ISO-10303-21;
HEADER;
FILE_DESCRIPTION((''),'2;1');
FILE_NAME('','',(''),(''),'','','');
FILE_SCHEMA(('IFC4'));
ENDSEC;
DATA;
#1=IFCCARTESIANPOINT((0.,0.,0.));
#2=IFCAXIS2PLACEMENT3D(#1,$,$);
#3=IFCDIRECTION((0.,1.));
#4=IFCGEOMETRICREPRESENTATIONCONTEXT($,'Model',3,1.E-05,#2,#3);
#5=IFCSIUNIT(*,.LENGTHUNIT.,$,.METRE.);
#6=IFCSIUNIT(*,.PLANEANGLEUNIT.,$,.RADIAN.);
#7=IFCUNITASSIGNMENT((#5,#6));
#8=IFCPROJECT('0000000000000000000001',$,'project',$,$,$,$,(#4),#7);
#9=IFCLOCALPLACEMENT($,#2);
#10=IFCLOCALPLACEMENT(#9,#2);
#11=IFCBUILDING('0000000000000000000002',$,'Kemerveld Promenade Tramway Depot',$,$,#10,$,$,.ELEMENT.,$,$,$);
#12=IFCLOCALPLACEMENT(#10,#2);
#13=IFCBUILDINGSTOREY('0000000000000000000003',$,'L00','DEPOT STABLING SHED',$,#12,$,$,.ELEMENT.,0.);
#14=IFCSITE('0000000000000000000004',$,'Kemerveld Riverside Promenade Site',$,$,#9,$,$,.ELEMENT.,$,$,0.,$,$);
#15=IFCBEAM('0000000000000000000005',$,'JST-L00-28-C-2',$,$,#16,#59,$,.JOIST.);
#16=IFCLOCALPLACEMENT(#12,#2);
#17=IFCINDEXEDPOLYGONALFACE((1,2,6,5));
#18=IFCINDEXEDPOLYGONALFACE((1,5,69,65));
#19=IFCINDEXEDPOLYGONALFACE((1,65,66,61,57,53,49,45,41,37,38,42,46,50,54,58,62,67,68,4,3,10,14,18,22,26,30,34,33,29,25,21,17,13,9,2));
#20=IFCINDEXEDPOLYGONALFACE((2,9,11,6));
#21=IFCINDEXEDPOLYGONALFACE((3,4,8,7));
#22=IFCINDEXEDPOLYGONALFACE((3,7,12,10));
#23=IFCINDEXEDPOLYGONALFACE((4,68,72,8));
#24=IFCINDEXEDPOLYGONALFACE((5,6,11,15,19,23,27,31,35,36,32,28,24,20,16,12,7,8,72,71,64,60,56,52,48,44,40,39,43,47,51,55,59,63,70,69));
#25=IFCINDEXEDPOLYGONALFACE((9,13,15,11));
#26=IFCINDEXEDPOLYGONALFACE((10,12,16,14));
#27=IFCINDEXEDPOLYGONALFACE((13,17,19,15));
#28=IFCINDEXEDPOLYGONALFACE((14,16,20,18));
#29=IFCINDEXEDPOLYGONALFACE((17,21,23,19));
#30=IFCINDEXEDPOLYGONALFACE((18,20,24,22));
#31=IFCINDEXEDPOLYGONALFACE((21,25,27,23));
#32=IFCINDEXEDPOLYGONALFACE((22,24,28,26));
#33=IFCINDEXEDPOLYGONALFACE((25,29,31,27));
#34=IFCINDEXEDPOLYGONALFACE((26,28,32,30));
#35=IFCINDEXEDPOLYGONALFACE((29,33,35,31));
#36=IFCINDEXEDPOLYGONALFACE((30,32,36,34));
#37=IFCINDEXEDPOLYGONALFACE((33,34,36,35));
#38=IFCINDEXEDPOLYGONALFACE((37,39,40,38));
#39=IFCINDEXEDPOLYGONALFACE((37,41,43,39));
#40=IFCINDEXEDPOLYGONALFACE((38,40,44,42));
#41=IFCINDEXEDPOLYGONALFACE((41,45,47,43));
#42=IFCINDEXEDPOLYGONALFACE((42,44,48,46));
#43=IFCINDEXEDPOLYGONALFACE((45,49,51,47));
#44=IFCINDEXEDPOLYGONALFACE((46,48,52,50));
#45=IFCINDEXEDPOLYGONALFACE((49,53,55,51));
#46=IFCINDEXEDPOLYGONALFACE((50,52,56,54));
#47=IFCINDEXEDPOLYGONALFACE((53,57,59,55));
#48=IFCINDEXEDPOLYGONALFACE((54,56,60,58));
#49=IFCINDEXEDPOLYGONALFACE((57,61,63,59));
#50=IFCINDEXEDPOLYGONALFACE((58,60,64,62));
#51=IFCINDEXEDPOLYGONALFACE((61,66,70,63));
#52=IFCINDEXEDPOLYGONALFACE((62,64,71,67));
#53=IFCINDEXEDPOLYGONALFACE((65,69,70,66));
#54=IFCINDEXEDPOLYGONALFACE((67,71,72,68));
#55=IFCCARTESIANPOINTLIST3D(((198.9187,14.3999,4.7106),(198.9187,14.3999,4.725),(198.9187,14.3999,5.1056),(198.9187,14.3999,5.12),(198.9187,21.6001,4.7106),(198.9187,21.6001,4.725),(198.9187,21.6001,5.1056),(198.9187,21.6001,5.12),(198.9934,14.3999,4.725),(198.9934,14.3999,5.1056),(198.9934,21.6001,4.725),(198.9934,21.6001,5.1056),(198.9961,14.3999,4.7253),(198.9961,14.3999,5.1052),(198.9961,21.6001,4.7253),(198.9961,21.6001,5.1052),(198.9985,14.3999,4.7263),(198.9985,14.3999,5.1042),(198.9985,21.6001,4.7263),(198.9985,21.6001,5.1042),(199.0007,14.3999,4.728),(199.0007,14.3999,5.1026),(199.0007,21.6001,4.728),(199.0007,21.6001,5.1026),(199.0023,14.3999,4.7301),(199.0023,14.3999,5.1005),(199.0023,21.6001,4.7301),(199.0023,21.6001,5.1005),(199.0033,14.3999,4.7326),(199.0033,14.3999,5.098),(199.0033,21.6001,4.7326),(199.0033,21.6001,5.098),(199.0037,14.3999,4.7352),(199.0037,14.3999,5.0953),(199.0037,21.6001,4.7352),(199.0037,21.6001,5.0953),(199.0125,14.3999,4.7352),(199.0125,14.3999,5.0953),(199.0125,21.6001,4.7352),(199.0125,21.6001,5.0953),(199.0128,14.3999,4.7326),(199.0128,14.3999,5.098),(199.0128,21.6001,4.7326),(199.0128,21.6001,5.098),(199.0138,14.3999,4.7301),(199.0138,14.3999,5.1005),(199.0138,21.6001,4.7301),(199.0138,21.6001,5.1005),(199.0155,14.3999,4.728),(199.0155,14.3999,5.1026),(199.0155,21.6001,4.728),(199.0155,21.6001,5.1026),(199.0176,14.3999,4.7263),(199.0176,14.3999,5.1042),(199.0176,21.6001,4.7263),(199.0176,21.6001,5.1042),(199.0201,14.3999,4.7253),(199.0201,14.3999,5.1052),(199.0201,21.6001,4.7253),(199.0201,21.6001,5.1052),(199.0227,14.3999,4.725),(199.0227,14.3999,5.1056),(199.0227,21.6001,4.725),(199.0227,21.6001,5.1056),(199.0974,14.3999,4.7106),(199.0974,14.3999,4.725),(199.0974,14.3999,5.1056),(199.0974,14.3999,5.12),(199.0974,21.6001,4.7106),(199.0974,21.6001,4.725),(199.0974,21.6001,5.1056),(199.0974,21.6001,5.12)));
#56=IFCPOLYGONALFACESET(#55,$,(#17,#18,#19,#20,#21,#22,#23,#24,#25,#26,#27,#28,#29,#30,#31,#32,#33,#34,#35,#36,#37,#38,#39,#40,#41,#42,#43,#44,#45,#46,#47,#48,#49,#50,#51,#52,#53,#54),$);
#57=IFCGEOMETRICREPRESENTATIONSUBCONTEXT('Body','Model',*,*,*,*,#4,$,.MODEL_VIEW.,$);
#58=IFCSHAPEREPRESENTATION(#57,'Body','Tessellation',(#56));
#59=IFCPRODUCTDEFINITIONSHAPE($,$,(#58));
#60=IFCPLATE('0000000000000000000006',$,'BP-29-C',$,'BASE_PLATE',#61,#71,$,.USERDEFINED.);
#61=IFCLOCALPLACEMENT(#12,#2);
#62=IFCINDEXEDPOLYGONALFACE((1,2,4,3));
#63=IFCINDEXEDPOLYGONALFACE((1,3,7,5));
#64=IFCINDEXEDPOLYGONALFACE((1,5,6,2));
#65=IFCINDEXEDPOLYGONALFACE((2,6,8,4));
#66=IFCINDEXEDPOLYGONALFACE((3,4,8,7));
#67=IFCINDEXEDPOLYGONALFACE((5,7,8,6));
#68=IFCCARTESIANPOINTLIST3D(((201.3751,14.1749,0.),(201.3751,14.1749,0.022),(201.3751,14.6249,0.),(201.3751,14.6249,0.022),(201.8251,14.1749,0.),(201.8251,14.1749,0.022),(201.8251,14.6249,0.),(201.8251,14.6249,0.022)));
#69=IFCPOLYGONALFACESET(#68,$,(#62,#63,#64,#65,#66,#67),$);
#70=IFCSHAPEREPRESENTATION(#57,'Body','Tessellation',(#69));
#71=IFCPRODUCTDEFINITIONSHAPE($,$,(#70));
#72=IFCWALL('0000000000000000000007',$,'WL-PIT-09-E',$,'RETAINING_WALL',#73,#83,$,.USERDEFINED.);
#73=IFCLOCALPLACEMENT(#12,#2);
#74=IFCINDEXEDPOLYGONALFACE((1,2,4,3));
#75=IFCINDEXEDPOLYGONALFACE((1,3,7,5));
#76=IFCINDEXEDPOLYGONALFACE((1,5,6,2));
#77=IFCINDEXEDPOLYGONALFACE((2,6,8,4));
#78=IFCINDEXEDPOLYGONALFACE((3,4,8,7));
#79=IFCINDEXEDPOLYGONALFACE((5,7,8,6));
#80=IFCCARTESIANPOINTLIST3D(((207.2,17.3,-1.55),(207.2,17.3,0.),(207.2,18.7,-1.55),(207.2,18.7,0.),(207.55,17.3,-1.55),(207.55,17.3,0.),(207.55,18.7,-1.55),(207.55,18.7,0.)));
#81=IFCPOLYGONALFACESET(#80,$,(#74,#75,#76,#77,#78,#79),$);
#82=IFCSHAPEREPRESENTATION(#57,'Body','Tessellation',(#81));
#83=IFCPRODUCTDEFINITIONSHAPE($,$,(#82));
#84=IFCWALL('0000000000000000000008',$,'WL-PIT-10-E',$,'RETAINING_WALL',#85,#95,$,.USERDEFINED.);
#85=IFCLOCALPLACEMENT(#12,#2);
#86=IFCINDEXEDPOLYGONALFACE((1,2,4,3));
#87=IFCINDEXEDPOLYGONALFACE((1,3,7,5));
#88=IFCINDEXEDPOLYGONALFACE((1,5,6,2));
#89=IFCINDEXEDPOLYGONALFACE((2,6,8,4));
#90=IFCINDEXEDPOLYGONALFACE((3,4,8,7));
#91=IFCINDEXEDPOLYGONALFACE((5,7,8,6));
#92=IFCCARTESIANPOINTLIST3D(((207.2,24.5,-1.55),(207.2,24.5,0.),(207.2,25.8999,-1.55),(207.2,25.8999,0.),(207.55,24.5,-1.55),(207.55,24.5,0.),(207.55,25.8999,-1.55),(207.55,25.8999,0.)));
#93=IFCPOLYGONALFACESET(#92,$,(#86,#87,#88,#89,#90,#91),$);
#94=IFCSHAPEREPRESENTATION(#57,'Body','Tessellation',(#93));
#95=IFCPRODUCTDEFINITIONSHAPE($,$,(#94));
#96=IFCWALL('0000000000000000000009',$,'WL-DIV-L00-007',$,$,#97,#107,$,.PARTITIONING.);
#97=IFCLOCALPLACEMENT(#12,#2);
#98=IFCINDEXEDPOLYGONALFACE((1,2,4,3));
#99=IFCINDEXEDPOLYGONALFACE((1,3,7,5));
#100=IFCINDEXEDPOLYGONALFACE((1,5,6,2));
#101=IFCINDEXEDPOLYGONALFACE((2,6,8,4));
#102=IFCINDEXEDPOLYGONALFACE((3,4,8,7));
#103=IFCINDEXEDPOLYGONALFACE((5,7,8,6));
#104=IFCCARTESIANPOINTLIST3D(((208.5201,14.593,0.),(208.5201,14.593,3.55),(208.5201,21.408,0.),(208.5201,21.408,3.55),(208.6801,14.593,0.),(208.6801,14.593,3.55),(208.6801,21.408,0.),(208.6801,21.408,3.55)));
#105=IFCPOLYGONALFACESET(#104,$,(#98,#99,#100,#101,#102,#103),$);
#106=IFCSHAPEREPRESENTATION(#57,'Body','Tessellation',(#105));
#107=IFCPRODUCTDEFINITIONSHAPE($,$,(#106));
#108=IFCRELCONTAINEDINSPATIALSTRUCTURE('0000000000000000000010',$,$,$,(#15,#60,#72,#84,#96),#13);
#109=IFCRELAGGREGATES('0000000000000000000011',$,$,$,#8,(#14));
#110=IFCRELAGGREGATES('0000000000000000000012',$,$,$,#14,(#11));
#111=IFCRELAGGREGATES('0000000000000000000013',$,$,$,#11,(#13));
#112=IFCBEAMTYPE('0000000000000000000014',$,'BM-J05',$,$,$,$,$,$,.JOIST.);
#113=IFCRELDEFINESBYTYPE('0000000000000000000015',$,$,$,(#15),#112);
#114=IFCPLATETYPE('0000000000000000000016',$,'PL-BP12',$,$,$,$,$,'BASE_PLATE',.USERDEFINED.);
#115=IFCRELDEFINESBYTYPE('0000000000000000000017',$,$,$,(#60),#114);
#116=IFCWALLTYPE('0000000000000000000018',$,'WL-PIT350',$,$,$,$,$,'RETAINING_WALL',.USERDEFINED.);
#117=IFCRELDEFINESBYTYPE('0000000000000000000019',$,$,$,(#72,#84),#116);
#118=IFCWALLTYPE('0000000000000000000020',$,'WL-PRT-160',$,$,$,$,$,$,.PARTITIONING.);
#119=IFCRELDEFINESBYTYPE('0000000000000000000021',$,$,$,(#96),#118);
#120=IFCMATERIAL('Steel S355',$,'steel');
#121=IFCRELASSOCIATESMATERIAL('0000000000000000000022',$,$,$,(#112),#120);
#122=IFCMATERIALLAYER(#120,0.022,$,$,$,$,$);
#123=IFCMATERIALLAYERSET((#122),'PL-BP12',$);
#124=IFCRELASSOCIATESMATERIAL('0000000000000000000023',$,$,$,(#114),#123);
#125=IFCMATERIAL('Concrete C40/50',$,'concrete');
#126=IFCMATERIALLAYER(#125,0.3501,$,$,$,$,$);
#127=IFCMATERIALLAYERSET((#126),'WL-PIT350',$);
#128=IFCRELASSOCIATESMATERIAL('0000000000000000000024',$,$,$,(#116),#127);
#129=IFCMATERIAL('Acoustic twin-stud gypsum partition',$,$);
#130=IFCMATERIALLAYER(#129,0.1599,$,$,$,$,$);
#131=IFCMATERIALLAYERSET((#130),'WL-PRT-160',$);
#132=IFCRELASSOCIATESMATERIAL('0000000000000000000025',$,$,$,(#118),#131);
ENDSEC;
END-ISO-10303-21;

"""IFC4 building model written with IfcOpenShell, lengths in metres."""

from ifc_helpers import new_model, si_unit, direction, frame, frame_2d, origin, origin_2d, place, context, subcontext, project, spatial, rectangle, i_section, extrude, material, layer, layer_set, material_profile, profile_set, type_object, element, save


model = new_model("IFC4")

# Units and contexts
model_context = context("Model", 3, precision=1e-05, world=origin(), true_north=direction((0.0, 1.0)))
body_context = subcontext(model_context, "Body", "Model", "MODEL_VIEW")
ifc_project = project(units=[si_unit("LENGTHUNIT", "METRE"), si_unit("PLANEANGLEUNIT", "RADIAN")], contexts=[model_context])

# Site, building, storey
site_placement = place(None, origin())
site = spatial("IfcSite", under=ifc_project, at=site_placement, Name="Kemerveld Riverside Promenade Site", CompositionType="ELEMENT", RefElevation=0.0)
building_placement = place(site_placement, origin())
building = spatial("IfcBuilding", under=site, at=building_placement, Name="Kemerveld Promenade Tramway Depot", CompositionType="ELEMENT")
storey_placement = place(building_placement, origin())
storey = spatial("IfcBuildingStorey", under=building, at=storey_placement, Name="L00", Description="DEPOT STABLING SHED", CompositionType="ELEMENT", Elevation=0.0)

# Shared definitions
ifc_material_1 = material(Name="Steel S355", Category="steel")

# Beam
ifc_material_profile_1 = material_profile(ifc_material_1, i_section(OverallWidth=0.1787, OverallDepth=0.4094, WebThickness=0.0088, FlangeThickness=0.0144, FilletRadius=0.0103, at=origin_2d()), Name="406x178x67 UB")
ifc_profile_set_1 = profile_set([ifc_material_profile_1], Name="Steel S355")
beam_type_1 = type_object("IfcBeamType", Name="BM-J05", PredefinedType="JOIST", material=ifc_profile_set_1)
beam_1_placement = place(storey_placement, frame((199.0081, 14.3999, 4.9153), z_axis=(0.0, 1.0, 0.0), x_axis=(-1.0, 0.0, 0.0)))
element("IfcBeam", 1, at=beam_1_placement, inside=storey, type_object=beam_type_1, Name="JST-L00-28-C-2", PredefinedType="JOIST", context=body_context, shape_type="SweptSolid", body=[
    extrude(i_section(OverallWidth=0.1787, OverallDepth=0.4094, WebThickness=0.0088, FlangeThickness=0.0144, FilletRadius=0.0103, at=origin_2d()), origin(), (0.0, 0.0, 1.0), 7.2002),
])

# Plate
ifc_layer_1 = layer(ifc_material_1, 0.022)
ifc_layer_set_1 = layer_set([ifc_layer_1], Name="PL-BP12")
plate_type = type_object("IfcPlateType", Name="PL-BP12", ElementType="BASE_PLATE", PredefinedType="USERDEFINED", material=ifc_layer_set_1)
plate_placement = place(storey_placement, frame((201.6001, 14.3999, 0.0), z_axis=(0.0, 0.0, 1.0), x_axis=(1.0, 0.0, 0.0)))
element("IfcPlate", 2, at=plate_placement, inside=storey, type_object=plate_type, Name="BP-29-C", ObjectType="BASE_PLATE", PredefinedType="USERDEFINED", context=body_context, shape_type="SweptSolid", body=[
    extrude(rectangle(XDim=0.45, YDim=0.45, at=origin_2d()), origin(), (0.0, 0.0, 1.0), 0.022),
])

# Walls
ifc_material_2 = material(Name="Concrete C40/50", Category="concrete")
ifc_layer_2 = layer(ifc_material_2, 0.3501)
ifc_layer_set_2 = layer_set([ifc_layer_2], Name="WL-PIT350")
wall_type_1 = type_object("IfcWallType", Name="WL-PIT350", ElementType="RETAINING_WALL", PredefinedType="USERDEFINED", material=ifc_layer_set_2)
for number, where, z_axis, x_axis, name in (
    (3, (207.375, 17.3, -1.55), (0.0, 0.0, 1.0), (0.0, 1.0, 0.0), "WL-PIT-09-E"),
    (4, (207.375, 24.5, -1.55), (0.0, 0.0, 1.0), (0.0, 1.0, 0.0), "WL-PIT-10-E"),
):
    element("IfcWall", number, at=place(storey_placement, frame(where, z_axis=z_axis, x_axis=x_axis)), inside=storey, type_object=wall_type_1, Name=name, ObjectType="RETAINING_WALL", PredefinedType="USERDEFINED", context=body_context, shape_type="SweptSolid", body=[
        extrude(rectangle(XDim=1.3999, YDim=0.3501, at=frame_2d((0.7, 0.0))), origin(), (0.0, 0.0, 1.0), 1.55),
    ])
ifc_material_3 = material(Name="Acoustic twin-stud gypsum partition")
ifc_layer_3 = layer(ifc_material_3, 0.1599)
ifc_layer_set_3 = layer_set([ifc_layer_3], Name="WL-PRT-160")
wall_type_2 = type_object("IfcWallType", Name="WL-PRT-160", PredefinedType="PARTITIONING", material=ifc_layer_set_3)
wall_placement = place(storey_placement, frame((208.6001, 14.593, 0.0), z_axis=(0.0, 0.0, 1.0), x_axis=(0.0, 1.0, 0.0)))
element("IfcWall", 5, at=wall_placement, inside=storey, type_object=wall_type_2, Name="WL-DIV-L00-007", PredefinedType="PARTITIONING", context=body_context, shape_type="SweptSolid", body=[
    extrude(rectangle(XDim=6.8149, YDim=0.1599, at=frame_2d((3.4075, 0.0))), origin(), (0.0, 0.0, 1.0), 3.55),
])

save(model, "model.ifc")
